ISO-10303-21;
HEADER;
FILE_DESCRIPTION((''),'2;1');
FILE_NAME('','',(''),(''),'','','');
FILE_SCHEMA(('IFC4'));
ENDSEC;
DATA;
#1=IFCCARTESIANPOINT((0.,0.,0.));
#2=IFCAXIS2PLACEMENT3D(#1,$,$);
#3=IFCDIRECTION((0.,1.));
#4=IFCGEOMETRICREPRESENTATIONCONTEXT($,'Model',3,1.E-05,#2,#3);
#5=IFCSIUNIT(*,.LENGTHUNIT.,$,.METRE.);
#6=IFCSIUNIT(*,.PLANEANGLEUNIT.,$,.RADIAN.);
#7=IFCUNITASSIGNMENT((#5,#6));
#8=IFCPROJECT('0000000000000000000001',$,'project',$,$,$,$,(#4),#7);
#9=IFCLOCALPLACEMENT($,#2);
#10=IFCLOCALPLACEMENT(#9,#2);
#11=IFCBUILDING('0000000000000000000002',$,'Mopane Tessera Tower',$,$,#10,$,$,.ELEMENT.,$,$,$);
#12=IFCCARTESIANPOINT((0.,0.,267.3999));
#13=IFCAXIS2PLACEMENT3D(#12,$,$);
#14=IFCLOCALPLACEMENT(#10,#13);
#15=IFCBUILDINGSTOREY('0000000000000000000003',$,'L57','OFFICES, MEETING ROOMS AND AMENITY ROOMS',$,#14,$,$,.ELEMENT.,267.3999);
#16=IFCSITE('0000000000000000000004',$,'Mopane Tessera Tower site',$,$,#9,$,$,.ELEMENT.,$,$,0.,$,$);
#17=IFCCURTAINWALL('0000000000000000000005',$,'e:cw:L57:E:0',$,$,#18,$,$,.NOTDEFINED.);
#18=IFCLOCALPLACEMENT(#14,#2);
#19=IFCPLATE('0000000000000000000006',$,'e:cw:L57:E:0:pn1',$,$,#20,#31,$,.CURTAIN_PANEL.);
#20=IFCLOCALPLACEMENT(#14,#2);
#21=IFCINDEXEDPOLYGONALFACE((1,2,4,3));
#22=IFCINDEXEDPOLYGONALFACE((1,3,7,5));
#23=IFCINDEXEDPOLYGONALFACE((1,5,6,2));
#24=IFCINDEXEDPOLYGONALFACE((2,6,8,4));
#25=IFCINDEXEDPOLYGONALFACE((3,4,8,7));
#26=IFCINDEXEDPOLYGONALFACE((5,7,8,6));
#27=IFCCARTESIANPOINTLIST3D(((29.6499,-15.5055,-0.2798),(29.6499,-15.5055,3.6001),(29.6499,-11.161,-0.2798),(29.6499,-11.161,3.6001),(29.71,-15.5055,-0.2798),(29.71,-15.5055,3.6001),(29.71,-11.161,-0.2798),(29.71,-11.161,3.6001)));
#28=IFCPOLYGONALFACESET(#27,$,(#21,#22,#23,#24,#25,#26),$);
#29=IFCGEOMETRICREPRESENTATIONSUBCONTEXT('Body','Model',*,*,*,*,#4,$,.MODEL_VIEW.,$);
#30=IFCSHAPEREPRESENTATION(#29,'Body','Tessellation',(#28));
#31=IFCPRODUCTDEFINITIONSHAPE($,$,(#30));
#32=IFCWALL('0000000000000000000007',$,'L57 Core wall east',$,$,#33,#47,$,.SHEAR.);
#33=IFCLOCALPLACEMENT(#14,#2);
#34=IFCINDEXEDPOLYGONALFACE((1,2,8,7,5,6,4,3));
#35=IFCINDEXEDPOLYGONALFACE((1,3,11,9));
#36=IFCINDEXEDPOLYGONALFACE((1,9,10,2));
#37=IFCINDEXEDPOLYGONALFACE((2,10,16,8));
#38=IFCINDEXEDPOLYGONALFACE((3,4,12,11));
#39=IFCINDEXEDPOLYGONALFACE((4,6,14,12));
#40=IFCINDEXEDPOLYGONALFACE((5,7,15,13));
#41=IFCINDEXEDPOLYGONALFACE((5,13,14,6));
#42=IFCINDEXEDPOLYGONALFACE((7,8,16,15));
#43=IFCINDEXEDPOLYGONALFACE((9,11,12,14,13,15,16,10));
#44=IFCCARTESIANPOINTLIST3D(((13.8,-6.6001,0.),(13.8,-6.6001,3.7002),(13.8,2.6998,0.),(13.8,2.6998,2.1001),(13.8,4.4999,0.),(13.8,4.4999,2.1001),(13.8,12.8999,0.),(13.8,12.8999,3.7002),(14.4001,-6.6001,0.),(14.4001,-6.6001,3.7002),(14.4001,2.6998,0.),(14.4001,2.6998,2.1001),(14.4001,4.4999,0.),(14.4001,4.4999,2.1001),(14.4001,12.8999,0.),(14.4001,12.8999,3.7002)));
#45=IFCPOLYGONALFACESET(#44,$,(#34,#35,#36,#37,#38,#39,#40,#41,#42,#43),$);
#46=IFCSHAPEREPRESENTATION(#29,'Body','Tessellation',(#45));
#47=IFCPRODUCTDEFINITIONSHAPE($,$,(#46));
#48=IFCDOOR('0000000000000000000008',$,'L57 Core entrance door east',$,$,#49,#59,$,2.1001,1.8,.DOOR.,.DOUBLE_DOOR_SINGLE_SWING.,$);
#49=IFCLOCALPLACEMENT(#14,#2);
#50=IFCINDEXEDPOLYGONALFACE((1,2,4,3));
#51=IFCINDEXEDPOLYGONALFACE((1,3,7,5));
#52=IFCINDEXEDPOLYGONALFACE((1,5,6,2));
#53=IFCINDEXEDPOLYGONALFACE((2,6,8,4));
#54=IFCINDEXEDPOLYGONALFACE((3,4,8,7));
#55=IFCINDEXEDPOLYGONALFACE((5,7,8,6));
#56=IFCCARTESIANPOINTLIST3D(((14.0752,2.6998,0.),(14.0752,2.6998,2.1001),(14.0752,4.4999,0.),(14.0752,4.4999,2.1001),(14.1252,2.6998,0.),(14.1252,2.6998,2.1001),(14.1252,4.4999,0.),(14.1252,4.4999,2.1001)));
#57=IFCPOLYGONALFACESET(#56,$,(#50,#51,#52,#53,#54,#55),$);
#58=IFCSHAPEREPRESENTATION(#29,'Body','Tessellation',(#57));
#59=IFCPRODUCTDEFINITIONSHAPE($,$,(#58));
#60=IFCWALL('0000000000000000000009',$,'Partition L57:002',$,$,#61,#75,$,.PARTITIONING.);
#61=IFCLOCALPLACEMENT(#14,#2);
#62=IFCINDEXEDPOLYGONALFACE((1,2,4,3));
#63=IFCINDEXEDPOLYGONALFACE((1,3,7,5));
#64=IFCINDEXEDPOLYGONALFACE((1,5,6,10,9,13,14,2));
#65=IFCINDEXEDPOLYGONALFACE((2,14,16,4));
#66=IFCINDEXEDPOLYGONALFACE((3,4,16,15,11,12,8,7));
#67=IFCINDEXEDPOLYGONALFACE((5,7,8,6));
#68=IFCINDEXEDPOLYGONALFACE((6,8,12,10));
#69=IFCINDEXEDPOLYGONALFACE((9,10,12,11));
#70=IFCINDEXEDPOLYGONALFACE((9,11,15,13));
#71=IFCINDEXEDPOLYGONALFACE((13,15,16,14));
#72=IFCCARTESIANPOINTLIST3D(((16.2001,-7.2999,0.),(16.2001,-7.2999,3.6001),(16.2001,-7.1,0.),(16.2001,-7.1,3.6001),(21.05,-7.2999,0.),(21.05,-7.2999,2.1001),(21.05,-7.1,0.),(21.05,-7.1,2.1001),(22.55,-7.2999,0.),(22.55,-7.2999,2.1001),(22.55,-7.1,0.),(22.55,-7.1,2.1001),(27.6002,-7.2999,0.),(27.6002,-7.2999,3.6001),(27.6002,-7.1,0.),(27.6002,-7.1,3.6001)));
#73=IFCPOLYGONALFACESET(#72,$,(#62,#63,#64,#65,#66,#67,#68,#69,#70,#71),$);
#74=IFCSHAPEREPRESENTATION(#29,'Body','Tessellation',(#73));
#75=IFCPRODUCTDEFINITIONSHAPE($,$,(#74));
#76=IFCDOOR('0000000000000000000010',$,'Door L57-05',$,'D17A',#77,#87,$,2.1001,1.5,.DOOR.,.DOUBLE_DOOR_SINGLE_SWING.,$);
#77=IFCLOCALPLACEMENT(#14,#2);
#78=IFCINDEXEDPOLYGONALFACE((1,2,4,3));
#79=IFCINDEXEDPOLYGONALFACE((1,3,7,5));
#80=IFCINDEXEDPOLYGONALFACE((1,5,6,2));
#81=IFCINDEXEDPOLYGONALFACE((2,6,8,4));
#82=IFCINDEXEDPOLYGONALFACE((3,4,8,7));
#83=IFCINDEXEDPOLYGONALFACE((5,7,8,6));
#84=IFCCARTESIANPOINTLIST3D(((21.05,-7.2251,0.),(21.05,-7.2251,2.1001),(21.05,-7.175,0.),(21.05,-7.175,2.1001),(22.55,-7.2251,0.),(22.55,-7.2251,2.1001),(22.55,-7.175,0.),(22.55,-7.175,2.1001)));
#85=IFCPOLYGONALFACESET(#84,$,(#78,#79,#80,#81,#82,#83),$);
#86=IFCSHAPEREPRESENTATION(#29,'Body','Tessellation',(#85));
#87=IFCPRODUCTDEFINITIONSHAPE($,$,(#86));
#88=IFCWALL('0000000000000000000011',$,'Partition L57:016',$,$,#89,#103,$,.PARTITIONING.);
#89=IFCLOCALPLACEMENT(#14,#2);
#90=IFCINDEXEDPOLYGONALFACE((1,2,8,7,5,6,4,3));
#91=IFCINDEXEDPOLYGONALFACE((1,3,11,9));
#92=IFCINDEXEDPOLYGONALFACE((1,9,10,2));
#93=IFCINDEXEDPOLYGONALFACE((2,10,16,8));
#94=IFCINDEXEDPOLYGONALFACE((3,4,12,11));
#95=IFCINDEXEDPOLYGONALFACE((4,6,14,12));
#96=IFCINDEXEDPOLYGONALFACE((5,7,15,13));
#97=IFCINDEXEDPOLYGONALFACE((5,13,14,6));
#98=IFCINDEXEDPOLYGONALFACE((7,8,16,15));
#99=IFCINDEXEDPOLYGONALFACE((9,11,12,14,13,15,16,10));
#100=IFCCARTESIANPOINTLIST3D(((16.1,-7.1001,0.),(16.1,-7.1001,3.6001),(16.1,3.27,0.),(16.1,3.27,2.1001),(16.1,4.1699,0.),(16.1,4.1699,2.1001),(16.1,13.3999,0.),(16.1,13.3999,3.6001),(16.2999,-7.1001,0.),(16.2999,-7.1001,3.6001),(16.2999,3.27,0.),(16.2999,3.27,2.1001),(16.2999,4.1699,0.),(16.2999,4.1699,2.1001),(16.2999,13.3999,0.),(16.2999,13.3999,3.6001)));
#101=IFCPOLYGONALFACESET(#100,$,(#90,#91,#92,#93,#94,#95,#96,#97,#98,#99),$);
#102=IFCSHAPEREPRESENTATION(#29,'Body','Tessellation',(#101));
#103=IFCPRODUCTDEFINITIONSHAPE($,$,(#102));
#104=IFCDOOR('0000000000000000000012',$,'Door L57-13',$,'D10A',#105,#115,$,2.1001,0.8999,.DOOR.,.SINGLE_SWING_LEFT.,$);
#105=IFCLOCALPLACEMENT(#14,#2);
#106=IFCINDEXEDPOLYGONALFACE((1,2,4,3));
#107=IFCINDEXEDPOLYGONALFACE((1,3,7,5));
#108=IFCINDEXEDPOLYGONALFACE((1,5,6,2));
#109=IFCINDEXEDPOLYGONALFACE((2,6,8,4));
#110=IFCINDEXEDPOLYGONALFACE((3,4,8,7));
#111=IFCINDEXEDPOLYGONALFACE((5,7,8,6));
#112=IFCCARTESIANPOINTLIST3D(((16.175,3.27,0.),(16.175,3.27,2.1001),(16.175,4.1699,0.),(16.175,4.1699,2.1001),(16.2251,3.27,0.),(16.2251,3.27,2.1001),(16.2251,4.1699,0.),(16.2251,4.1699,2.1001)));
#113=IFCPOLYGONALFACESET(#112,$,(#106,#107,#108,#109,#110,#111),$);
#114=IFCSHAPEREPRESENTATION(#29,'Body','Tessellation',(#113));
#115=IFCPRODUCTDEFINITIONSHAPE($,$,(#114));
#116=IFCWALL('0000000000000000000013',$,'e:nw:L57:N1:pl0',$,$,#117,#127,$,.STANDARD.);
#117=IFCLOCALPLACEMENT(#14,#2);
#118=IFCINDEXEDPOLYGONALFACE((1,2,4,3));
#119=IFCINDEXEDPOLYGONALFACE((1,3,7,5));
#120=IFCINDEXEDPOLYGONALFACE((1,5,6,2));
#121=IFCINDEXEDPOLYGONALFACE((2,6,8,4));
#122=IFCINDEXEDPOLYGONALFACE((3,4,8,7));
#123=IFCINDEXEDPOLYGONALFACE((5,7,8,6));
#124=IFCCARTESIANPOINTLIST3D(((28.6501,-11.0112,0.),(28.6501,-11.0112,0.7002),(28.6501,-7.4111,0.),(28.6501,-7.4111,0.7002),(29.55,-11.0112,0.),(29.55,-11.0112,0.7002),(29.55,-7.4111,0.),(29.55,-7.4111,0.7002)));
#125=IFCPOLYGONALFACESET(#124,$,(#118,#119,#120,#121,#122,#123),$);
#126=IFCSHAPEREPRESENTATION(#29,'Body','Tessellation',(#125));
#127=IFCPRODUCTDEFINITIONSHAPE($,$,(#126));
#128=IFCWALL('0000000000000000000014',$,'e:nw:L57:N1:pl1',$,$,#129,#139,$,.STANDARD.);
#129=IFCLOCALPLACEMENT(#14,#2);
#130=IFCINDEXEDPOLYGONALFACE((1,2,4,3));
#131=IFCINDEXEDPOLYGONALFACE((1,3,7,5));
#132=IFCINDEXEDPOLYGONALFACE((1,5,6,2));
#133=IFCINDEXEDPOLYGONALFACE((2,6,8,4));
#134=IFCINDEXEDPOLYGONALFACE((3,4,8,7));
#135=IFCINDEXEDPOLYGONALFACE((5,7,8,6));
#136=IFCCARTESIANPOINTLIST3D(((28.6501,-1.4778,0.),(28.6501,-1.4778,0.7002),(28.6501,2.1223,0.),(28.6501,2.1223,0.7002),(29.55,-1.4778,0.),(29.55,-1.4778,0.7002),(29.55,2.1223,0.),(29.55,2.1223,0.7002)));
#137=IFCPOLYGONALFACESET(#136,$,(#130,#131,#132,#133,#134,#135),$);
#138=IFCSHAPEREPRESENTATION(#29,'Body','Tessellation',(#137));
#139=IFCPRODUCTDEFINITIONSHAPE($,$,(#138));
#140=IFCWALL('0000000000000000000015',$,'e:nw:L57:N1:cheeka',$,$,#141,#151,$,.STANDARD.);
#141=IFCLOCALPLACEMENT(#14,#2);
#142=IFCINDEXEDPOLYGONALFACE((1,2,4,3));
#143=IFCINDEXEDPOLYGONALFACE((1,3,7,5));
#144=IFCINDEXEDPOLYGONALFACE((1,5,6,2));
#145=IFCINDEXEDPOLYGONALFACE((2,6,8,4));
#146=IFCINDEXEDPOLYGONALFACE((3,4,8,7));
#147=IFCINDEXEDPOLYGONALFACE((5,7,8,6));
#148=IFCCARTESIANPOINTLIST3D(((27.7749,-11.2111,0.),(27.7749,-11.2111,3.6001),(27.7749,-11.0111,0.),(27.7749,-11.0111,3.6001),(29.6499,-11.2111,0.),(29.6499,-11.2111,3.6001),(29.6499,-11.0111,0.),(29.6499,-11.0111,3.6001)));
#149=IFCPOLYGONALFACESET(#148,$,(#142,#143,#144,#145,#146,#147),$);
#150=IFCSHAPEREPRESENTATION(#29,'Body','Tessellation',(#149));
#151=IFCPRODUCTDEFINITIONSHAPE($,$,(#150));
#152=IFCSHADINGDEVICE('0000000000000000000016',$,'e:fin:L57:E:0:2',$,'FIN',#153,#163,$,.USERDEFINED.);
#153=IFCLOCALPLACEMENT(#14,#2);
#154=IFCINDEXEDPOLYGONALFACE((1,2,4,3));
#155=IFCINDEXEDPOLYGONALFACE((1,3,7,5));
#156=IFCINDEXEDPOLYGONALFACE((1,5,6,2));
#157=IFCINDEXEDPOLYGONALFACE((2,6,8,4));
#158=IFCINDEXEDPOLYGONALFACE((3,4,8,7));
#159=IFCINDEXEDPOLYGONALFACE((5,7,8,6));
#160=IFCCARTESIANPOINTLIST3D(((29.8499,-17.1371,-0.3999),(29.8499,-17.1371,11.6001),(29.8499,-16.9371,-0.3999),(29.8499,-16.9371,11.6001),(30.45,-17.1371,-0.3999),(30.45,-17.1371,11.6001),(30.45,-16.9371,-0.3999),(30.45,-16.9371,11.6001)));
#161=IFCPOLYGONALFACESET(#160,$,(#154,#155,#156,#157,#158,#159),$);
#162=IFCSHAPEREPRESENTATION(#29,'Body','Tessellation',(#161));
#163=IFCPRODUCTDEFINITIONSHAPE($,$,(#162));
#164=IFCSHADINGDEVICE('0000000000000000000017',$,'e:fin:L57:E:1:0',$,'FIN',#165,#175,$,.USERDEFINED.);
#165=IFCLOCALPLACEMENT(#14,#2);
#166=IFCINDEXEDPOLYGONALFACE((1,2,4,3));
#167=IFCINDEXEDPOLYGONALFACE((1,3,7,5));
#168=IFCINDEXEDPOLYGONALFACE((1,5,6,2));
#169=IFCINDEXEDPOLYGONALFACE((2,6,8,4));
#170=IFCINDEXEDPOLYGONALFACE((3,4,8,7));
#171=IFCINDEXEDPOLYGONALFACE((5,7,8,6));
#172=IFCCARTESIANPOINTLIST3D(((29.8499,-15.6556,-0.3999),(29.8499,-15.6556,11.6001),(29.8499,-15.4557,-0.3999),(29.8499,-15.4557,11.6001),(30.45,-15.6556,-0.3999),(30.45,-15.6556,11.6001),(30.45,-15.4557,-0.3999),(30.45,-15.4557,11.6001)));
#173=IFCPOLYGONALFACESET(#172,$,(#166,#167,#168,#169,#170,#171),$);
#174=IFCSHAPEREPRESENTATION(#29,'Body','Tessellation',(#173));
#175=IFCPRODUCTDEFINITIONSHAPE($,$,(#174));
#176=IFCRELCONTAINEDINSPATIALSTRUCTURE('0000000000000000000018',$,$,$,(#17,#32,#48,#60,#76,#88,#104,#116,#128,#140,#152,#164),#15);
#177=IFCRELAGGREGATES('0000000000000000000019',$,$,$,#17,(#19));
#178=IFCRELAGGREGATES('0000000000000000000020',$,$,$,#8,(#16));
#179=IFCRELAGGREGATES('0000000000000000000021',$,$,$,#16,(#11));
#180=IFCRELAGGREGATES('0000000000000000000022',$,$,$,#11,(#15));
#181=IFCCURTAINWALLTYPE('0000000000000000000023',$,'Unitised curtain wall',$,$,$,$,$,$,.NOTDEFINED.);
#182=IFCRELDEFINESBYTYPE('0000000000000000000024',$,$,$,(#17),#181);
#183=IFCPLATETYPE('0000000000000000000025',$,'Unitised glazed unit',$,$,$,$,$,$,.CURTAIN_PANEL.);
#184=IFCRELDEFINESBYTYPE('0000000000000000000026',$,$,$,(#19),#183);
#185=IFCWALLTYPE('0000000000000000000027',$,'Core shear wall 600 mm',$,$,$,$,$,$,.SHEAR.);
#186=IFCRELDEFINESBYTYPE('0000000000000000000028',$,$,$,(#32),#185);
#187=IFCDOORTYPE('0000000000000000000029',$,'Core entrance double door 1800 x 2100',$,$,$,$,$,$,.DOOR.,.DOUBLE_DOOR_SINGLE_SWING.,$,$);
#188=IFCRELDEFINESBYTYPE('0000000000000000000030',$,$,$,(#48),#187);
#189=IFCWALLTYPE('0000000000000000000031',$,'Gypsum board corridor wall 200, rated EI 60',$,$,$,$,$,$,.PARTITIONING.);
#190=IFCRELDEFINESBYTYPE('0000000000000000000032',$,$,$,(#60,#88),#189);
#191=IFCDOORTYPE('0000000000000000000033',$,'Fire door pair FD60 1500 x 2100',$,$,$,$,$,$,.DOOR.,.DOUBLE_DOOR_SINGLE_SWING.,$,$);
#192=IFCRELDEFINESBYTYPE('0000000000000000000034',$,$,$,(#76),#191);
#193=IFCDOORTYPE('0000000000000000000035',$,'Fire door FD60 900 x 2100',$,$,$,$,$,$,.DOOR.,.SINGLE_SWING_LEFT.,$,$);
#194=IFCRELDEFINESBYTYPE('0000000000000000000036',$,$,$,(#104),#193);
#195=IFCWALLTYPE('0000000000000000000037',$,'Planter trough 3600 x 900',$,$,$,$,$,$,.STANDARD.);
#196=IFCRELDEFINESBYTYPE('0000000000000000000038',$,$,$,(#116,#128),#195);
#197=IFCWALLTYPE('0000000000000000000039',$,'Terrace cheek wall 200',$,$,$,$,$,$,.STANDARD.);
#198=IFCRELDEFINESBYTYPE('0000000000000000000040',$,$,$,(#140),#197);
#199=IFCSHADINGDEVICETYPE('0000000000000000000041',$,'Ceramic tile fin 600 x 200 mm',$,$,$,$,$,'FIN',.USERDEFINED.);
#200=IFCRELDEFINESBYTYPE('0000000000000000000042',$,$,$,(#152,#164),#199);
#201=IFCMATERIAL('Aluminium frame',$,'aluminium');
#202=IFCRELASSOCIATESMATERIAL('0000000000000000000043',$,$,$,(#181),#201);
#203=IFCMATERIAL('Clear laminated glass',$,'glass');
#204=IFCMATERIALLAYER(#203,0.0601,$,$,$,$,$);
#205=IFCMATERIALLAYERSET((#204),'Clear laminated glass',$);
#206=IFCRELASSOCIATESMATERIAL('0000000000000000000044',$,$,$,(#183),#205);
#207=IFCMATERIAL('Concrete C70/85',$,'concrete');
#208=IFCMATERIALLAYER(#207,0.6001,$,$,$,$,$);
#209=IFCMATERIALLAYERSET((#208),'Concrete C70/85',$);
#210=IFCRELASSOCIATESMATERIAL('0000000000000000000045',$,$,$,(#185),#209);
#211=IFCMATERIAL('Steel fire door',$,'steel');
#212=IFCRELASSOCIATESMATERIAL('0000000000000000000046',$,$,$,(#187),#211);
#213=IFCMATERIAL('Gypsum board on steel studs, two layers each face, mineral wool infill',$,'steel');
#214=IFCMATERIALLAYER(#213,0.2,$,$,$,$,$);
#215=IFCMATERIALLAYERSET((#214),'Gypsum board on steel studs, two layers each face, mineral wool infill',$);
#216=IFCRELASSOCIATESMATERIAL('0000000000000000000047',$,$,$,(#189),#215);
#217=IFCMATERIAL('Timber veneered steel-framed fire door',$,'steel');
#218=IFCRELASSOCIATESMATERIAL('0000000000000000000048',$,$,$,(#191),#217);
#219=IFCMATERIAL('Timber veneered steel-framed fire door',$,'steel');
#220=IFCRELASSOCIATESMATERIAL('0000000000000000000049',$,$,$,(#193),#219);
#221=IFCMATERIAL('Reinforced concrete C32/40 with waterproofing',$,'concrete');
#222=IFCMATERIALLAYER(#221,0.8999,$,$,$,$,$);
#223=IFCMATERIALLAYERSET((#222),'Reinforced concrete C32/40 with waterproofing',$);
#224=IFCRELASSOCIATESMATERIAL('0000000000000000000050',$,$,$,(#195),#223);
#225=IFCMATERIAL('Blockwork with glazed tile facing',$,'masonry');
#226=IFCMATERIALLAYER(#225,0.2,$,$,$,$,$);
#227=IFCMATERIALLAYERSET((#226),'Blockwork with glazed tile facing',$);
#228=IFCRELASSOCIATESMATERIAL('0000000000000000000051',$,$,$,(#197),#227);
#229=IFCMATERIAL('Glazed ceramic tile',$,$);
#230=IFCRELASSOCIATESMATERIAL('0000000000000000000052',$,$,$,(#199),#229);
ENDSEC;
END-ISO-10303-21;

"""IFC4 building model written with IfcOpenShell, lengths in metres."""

from ifc_helpers import new_model, si_unit, direction, frame, frame_2d, origin, origin_2d, place, context, subcontext, project, spatial, rectangle, extrude, material, layer, layer_set, type_object, element, fill, aggregate, save


model = new_model("IFC4")

# Units and contexts
model_context = context("Model", 3, precision=1e-05, world=origin(), true_north=direction((0.0, 1.0)))
body_context = subcontext(model_context, "Body", "Model", "MODEL_VIEW")
ifc_project = project(units=[si_unit("LENGTHUNIT", "METRE"), si_unit("PLANEANGLEUNIT", "RADIAN")], contexts=[model_context])

# Site, building, storey
site_placement = place(None, origin())
site = spatial("IfcSite", under=ifc_project, at=site_placement, Name="Mopane Tessera Tower site", CompositionType="ELEMENT", RefElevation=0.0)
building_placement = place(site_placement, origin())
building = spatial("IfcBuilding", under=site, at=building_placement, Name="Mopane Tessera Tower", CompositionType="ELEMENT")
storey_placement = place(building_placement, frame((0.0, 0.0, 267.3999)))
storey = spatial("IfcBuildingStorey", under=building, at=storey_placement, Name="L57", Description="OFFICES, MEETING ROOMS AND AMENITY ROOMS", CompositionType="ELEMENT", Elevation=267.3999)

# Curtain wall
ifc_material_1 = material(Name="Aluminium frame", Category="aluminium")
curtain_wall_type = type_object("IfcCurtainWallType", Name="Unitised curtain wall", PredefinedType="NOTDEFINED", material=ifc_material_1)
curtain_wall_placement = place(storey_placement, origin())
curtain_wall = element("IfcCurtainWall", 1, at=curtain_wall_placement, inside=storey, type_object=curtain_wall_type, Name="e:cw:L57:E:0", PredefinedType="NOTDEFINED")

# Plate
ifc_material_2 = material(Name="Clear laminated glass", Category="glass")
ifc_layer_1 = layer(ifc_material_2, 0.0601)
ifc_layer_set_1 = layer_set([ifc_layer_1], Name="Clear laminated glass")
plate_type = type_object("IfcPlateType", Name="Unitised glazed unit", PredefinedType="CURTAIN_PANEL", material=ifc_layer_set_1)
plate_1_placement = place(storey_placement, frame((29.6799, -13.3333, -0.2798), z_axis=(0.0, 0.0, 1.0), x_axis=(0.0, 1.0, 0.0)))
plate_1 = element("IfcPlate", 2, at=plate_1_placement, type_object=plate_type, Name="e:cw:L57:E:0:pn1", PredefinedType="CURTAIN_PANEL", context=body_context, shape_type="SweptSolid", body=[
    extrude(rectangle(XDim=4.3445, YDim=0.0601, at=origin_2d()), origin(), (0.0, 0.0, 1.0), 3.8799),
])
aggregate(curtain_wall, [plate_1])

# Walls, openings, doors
ifc_material_3 = material(Name="Concrete C70/85", Category="concrete")
ifc_layer_2 = layer(ifc_material_3, 0.6001)
ifc_layer_set_2 = layer_set([ifc_layer_2], Name="Concrete C70/85")
wall_type_1 = type_object("IfcWallType", Name="Core shear wall 600 mm", PredefinedType="SHEAR", material=ifc_layer_set_2)
wall_1_placement = place(storey_placement, frame((14.1001, -6.6001, 0.0), z_axis=(0.0, 0.0, 1.0), x_axis=(0.0, 1.0, 0.0)))
wall_1 = element("IfcWall", 3, at=wall_1_placement, inside=storey, type_object=wall_type_1, Name="L57 Core wall east", PredefinedType="SHEAR", context=body_context, shape_type="SweptSolid", body=[
    extrude(rectangle(XDim=19.5, YDim=0.6001, at=frame_2d((9.75, 0.0))), origin(), (0.0, 0.0, 1.0), 3.7002),
])
opening_1_placement = place(wall_1_placement, frame((9.3, 0.0, 0.0)))
opening_1 = element("IfcOpeningElement", 4, at=opening_1_placement, cuts=wall_1, PredefinedType="OPENING", context=body_context, shape_type="SweptSolid", body=[
    extrude(rectangle(XDim=1.8, YDim=2.1001, at=frame_2d((0.8999, 1.05))), frame((0.0, 0.312, 0.0), z_axis=(0.0, -1.0, 0.0), x_axis=(1.0, 0.0, 0.0)), (0.0, 0.0, 1.0), 0.624),
])
ifc_material_4 = material(Name="Steel fire door", Category="steel")
door_type_1 = type_object("IfcDoorType", Name="Core entrance double door 1800 x 2100", OperationType="DOUBLE_DOOR_SINGLE_SWING", PredefinedType="DOOR", material=ifc_material_4)
door_1_placement = place(opening_1_placement, origin())
door_1 = element("IfcDoor", 5, at=door_1_placement, inside=storey, type_object=door_type_1, Name="L57 Core entrance door east", OperationType="DOUBLE_DOOR_SINGLE_SWING", OverallHeight=2.1001, OverallWidth=1.8, PredefinedType="DOOR", context=body_context, shape_type="SweptSolid", body=[
    extrude(rectangle(XDim=1.8, YDim=2.1001, at=frame_2d((0.8999, 1.05))), frame((0.0, 0.0249, 0.0), z_axis=(0.0, -1.0, 0.0), x_axis=(1.0, 0.0, 0.0)), (0.0, 0.0, 1.0), 0.05),
])
fill(opening_1, door_1)
ifc_material_5 = material(Name="Gypsum board on steel studs, two layers each face, mineral wool infill", Category="steel")
ifc_layer_3 = layer(ifc_material_5, 0.2)
ifc_layer_set_3 = layer_set([ifc_layer_3], Name="Gypsum board on steel studs, two layers each face, mineral wool infill")
wall_type_2 = type_object("IfcWallType", Name="Gypsum board corridor wall 200, rated EI 60", PredefinedType="PARTITIONING", material=ifc_layer_set_3)
wall_2_placement = place(storey_placement, frame((16.2, -7.2, 0.0), z_axis=(0.0, 0.0, 1.0), x_axis=(1.0, 0.0, 0.0)))
wall_2 = element("IfcWall", 6, at=wall_2_placement, inside=storey, type_object=wall_type_2, Name="Partition L57:002", PredefinedType="PARTITIONING", context=body_context, shape_type="SweptSolid", body=[
    extrude(rectangle(XDim=11.4001, YDim=0.2, at=frame_2d((5.7002, 0.0))), origin(), (0.0, 0.0, 1.0), 3.6001),
])
opening_2_placement = place(wall_2_placement, frame((4.8501, 0.0, 0.0)))
opening_2 = element("IfcOpeningElement", 7, at=opening_2_placement, cuts=wall_2, PredefinedType="OPENING", context=body_context, shape_type="SweptSolid", body=[
    extrude(rectangle(XDim=1.5, YDim=2.1001, at=frame_2d((0.75, 1.05))), frame((0.0, 0.1121, 0.0), z_axis=(0.0, -1.0, 0.0), x_axis=(1.0, 0.0, 0.0)), (0.0, 0.0, 1.0), 0.2239),
])
ifc_material_6 = material(Name="Timber veneered steel-framed fire door", Category="steel")
door_type_2 = type_object("IfcDoorType", Name="Fire door pair FD60 1500 x 2100", OperationType="DOUBLE_DOOR_SINGLE_SWING", PredefinedType="DOOR", material=ifc_material_6)
door_2_placement = place(opening_2_placement, origin())
door_2 = element("IfcDoor", 8, at=door_2_placement, inside=storey, type_object=door_type_2, Name="Door L57-05", ObjectType="D17A", OperationType="DOUBLE_DOOR_SINGLE_SWING", OverallHeight=2.1001, OverallWidth=1.5, PredefinedType="DOOR", context=body_context, shape_type="SweptSolid", body=[
    extrude(rectangle(XDim=1.5, YDim=2.1001, at=frame_2d((0.75, 1.05))), frame((0.0, 0.0249, 0.0), z_axis=(0.0, -1.0, 0.0), x_axis=(1.0, 0.0, 0.0)), (0.0, 0.0, 1.0), 0.05),
])
fill(opening_2, door_2)
wall_3_placement = place(storey_placement, frame((16.2, -7.1001, 0.0), z_axis=(0.0, 0.0, 1.0), x_axis=(0.0, 1.0, 0.0)))
wall_3 = element("IfcWall", 9, at=wall_3_placement, inside=storey, type_object=wall_type_2, Name="Partition L57:016", PredefinedType="PARTITIONING", context=body_context, shape_type="SweptSolid", body=[
    extrude(rectangle(XDim=20.5, YDim=0.2, at=frame_2d((10.25, 0.0))), origin(), (0.0, 0.0, 1.0), 3.6001),
])
opening_3_placement = place(wall_3_placement, frame((10.3701, 0.0, 0.0)))
opening_3 = element("IfcOpeningElement", 10, at=opening_3_placement, cuts=wall_3, PredefinedType="OPENING", context=body_context, shape_type="SweptSolid", body=[
    extrude(rectangle(XDim=0.8999, YDim=2.1001, at=frame_2d((0.45, 1.05))), frame((0.0, 0.1121, 0.0), z_axis=(0.0, -1.0, 0.0), x_axis=(1.0, 0.0, 0.0)), (0.0, 0.0, 1.0), 0.2239),
])
ifc_material_7 = material(Name="Timber veneered steel-framed fire door", Category="steel")
door_type_3 = type_object("IfcDoorType", Name="Fire door FD60 900 x 2100", OperationType="SINGLE_SWING_LEFT", PredefinedType="DOOR", material=ifc_material_7)
door_3_placement = place(opening_3_placement, origin())
door_3 = element("IfcDoor", 11, at=door_3_placement, inside=storey, type_object=door_type_3, Name="Door L57-13", ObjectType="D10A", OperationType="SINGLE_SWING_LEFT", OverallHeight=2.1001, OverallWidth=0.8999, PredefinedType="DOOR", context=body_context, shape_type="SweptSolid", body=[
    extrude(rectangle(XDim=0.8999, YDim=2.1001, at=frame_2d((0.45, 1.05))), frame((0.0, 0.0249, 0.0), z_axis=(0.0, -1.0, 0.0), x_axis=(1.0, 0.0, 0.0)), (0.0, 0.0, 1.0), 0.05),
])
fill(opening_3, door_3)

# Walls
ifc_material_8 = material(Name="Reinforced concrete C32/40 with waterproofing", Category="concrete")
ifc_layer_4 = layer(ifc_material_8, 0.8999)
ifc_layer_set_4 = layer_set([ifc_layer_4], Name="Reinforced concrete C32/40 with waterproofing")
wall_type_3 = type_object("IfcWallType", Name="Planter trough 3600 x 900", PredefinedType="STANDARD", material=ifc_layer_set_4)
for number, where, z_axis, x_axis, name in (
    (12, (29.1001, -11.0112, 0.0), (0.0, 0.0, 1.0), (0.0, 1.0, 0.0), "e:nw:L57:N1:pl0"),
    (13, (29.1001, -1.4778, 0.0), (0.0, 0.0, 1.0), (0.0, 1.0, 0.0), "e:nw:L57:N1:pl1"),
):
    element("IfcWall", number, at=place(storey_placement, frame(where, z_axis=z_axis, x_axis=x_axis)), inside=storey, type_object=wall_type_3, Name=name, PredefinedType="STANDARD", context=body_context, shape_type="SweptSolid", body=[
        extrude(rectangle(XDim=3.6001, YDim=0.8999, at=frame_2d((1.8, 0.0))), origin(), (0.0, 0.0, 1.0), 0.7002),
    ])
ifc_material_9 = material(Name="Blockwork with glazed tile facing", Category="masonry")
ifc_layer_5 = layer(ifc_material_9, 0.2)
ifc_layer_set_5 = layer_set([ifc_layer_5], Name="Blockwork with glazed tile facing")
wall_type_4 = type_object("IfcWallType", Name="Terrace cheek wall 200", PredefinedType="STANDARD", material=ifc_layer_set_5)
wall_4_placement = place(storey_placement, frame((29.6499, -11.1111, 0.0), z_axis=(0.0, 0.0, 1.0), x_axis=(-1.0, 0.0, 0.0)))
element("IfcWall", 14, at=wall_4_placement, inside=storey, type_object=wall_type_4, Name="e:nw:L57:N1:cheeka", PredefinedType="STANDARD", context=body_context, shape_type="SweptSolid", body=[
    extrude(rectangle(XDim=1.875, YDim=0.2, at=frame_2d((0.9375, 0.0))), origin(), (0.0, 0.0, 1.0), 3.6001),
])

# Shading devices
ifc_material_10 = material(Name="Glazed ceramic tile")
shading_device_type = type_object("IfcShadingDeviceType", Name="Ceramic tile fin 600 x 200 mm", ElementType="FIN", PredefinedType="USERDEFINED", material=ifc_material_10)
for number, where, z_axis, x_axis, name in (
    (15, (30.1499, -17.0371, -0.3999), (0.0, 0.0, 1.0), (0.0, 1.0, 0.0), "e:fin:L57:E:0:2"),
    (16, (30.1499, -15.5557, -0.3999), (0.0, 0.0, 1.0), (0.0, 1.0, 0.0), "e:fin:L57:E:1:0"),
):
    element("IfcShadingDevice", number, at=place(storey_placement, frame(where, z_axis=z_axis, x_axis=x_axis)), inside=storey, type_object=shading_device_type, Name=name, ObjectType="FIN", PredefinedType="USERDEFINED", context=body_context, shape_type="SweptSolid", body=[
        extrude(rectangle(XDim=0.2, YDim=0.6001, at=origin_2d()), origin(), (0.0, 0.0, 1.0), 12.0),
    ])

save(model, "model.ifc")
